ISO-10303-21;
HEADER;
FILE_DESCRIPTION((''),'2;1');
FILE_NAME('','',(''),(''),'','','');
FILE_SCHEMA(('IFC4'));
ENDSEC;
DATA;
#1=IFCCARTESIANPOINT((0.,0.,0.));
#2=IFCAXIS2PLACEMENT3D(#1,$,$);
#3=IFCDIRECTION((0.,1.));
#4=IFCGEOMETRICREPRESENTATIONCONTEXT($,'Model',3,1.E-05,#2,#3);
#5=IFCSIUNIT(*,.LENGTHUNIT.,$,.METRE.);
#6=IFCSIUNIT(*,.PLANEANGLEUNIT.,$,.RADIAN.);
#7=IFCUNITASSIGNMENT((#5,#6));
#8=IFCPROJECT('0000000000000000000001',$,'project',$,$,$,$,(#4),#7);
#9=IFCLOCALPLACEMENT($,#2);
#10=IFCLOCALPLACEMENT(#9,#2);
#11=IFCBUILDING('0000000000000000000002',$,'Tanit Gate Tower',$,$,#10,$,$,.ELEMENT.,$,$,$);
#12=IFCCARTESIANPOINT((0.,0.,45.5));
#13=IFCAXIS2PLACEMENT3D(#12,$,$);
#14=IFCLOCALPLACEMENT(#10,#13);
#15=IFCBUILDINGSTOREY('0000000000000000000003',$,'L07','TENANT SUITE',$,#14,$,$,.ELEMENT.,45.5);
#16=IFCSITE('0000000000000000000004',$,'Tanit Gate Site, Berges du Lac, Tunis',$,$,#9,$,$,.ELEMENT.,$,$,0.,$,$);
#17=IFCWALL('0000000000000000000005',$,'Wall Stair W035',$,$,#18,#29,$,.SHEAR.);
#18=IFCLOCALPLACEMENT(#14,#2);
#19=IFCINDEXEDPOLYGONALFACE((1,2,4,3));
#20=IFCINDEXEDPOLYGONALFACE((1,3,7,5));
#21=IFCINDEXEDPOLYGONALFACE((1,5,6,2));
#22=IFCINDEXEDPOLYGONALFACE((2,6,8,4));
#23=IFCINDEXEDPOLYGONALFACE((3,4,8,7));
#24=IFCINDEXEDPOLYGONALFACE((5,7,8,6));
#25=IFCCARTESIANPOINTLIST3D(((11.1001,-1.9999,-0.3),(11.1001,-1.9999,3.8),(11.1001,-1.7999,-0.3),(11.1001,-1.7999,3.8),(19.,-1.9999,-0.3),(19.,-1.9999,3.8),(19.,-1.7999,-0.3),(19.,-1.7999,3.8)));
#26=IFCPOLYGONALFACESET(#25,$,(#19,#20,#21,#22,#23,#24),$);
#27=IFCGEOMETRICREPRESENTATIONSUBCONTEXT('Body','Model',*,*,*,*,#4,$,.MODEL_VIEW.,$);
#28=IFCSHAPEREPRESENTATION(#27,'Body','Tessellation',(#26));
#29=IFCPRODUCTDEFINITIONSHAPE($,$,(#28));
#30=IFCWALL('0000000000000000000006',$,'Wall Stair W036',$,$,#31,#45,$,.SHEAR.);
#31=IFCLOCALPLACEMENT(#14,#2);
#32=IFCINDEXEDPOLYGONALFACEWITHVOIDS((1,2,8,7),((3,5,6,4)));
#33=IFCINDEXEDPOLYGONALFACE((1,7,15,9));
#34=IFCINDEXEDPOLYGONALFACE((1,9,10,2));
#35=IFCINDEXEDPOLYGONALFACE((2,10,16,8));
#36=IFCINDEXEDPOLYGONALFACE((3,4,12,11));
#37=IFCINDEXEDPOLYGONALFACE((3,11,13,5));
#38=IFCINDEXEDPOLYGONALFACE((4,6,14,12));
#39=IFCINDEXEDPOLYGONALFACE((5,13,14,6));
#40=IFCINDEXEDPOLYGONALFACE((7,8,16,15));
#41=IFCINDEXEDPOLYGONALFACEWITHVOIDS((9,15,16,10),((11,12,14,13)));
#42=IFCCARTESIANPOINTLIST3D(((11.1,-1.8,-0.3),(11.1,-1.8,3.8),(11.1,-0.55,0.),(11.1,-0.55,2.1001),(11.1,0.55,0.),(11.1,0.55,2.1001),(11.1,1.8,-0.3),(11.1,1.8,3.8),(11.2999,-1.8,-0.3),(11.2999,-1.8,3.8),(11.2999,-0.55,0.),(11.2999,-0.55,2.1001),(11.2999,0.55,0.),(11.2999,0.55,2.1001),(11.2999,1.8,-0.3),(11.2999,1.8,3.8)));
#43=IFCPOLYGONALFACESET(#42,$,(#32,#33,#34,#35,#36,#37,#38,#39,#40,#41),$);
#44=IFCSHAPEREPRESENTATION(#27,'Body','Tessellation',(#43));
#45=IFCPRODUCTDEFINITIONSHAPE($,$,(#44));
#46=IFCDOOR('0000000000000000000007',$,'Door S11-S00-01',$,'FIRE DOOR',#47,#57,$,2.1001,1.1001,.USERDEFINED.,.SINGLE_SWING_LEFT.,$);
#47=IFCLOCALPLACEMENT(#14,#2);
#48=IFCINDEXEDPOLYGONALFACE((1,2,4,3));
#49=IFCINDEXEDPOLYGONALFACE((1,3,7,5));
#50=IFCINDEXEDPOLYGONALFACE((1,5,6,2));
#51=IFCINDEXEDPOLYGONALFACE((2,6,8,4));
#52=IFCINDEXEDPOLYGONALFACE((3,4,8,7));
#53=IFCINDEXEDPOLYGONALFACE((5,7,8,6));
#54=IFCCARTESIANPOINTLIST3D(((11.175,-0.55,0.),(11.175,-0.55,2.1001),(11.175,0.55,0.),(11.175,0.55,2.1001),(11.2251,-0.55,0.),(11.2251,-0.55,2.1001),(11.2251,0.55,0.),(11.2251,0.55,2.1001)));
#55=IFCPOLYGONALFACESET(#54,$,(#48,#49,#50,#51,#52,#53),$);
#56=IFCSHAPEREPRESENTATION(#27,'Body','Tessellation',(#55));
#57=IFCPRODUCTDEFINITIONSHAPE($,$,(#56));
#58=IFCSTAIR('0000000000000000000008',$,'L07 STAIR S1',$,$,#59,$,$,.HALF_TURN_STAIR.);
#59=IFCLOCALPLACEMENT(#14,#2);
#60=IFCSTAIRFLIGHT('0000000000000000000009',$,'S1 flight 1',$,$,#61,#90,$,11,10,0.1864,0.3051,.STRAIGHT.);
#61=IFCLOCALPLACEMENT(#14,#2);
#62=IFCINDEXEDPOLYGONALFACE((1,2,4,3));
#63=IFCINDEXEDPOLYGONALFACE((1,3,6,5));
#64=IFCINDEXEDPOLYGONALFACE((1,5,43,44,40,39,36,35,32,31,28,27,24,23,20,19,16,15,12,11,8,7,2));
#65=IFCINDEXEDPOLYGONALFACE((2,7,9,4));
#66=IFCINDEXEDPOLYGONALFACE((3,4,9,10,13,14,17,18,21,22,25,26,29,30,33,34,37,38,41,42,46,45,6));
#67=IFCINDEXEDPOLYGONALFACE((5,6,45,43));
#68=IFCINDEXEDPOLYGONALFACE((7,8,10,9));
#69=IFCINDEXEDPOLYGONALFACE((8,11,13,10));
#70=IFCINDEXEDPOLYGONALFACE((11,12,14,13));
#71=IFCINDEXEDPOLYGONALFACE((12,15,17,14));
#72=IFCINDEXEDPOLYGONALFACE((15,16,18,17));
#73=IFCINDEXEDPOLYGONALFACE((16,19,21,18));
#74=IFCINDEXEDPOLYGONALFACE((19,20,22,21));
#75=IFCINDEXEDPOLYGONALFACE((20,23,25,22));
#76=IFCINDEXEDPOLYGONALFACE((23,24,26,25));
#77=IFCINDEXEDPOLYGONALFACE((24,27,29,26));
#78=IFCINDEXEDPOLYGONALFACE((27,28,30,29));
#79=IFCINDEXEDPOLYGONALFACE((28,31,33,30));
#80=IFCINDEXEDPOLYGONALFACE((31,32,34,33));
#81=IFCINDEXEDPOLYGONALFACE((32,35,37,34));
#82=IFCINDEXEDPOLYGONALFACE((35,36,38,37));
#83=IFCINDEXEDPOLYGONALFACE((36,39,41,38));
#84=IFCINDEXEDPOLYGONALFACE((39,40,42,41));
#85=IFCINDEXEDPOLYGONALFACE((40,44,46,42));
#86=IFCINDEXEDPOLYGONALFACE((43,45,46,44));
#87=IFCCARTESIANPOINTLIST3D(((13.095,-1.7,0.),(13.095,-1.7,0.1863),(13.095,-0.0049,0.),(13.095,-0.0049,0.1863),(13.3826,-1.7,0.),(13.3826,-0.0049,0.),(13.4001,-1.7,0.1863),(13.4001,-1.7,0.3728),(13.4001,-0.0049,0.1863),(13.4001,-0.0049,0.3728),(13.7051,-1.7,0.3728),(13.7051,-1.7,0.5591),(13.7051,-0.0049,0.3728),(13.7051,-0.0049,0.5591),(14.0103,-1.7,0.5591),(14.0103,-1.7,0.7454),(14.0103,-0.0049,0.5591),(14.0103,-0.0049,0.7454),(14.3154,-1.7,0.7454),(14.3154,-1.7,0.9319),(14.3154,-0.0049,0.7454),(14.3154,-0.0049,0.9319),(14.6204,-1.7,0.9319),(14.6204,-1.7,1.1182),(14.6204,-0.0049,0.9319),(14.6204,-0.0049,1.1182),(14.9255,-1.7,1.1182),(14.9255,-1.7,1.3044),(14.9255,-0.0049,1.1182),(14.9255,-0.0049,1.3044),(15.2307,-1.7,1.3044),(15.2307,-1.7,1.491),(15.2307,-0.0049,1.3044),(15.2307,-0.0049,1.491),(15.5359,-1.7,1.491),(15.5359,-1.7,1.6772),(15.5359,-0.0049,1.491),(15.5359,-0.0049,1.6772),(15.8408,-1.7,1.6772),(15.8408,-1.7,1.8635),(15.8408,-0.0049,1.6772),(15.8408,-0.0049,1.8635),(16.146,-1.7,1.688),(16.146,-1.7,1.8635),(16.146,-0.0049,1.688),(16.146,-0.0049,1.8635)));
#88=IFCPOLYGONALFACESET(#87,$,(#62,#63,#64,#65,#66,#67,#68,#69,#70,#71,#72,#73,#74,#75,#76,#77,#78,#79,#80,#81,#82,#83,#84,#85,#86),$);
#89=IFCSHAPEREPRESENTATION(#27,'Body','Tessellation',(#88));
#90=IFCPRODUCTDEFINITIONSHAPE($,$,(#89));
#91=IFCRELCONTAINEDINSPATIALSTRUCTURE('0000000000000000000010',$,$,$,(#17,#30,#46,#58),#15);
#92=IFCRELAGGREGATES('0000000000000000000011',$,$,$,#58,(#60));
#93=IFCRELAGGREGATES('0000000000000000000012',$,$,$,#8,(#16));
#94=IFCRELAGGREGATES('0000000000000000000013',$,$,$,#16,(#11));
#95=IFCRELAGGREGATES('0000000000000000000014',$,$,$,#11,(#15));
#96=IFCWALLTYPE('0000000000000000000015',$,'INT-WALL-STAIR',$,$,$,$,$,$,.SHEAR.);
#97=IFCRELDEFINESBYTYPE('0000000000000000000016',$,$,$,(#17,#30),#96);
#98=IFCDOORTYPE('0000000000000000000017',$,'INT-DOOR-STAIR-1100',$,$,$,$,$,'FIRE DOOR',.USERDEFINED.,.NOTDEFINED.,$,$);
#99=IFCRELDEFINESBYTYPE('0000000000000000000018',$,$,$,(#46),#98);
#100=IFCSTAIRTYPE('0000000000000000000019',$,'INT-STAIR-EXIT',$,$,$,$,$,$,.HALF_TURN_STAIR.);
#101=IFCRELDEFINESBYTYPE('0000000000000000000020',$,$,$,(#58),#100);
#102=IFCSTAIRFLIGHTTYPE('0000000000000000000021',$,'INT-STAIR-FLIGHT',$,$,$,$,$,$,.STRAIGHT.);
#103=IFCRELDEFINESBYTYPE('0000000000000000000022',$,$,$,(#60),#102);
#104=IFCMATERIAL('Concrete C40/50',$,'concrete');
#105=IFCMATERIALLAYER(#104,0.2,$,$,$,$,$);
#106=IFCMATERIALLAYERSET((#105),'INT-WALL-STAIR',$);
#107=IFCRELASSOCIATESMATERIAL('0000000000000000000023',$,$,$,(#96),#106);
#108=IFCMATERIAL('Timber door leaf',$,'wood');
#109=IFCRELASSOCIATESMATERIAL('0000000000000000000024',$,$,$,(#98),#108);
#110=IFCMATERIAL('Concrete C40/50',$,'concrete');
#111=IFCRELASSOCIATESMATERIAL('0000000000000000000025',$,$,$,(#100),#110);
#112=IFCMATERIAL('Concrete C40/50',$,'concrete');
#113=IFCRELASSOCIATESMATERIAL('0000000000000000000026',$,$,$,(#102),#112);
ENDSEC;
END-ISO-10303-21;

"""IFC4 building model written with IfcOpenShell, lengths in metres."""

from ifc_helpers import new_model, si_unit, direction, frame, frame_2d, origin, place, context, subcontext, project, spatial, polyline, rectangle, outline, extrude, material, layer, layer_set, type_object, element, fill, aggregate, save


model = new_model("IFC4")

# Units and contexts
model_context = context("Model", 3, precision=1e-05, world=origin(), true_north=direction((0.0, 1.0)))
body_context = subcontext(model_context, "Body", "Model", "MODEL_VIEW")
ifc_project = project(units=[si_unit("LENGTHUNIT", "METRE"), si_unit("PLANEANGLEUNIT", "RADIAN")], contexts=[model_context])

# Site, building, storey
site_placement = place(None, origin())
site = spatial("IfcSite", under=ifc_project, at=site_placement, Name="Tanit Gate Site, Berges du Lac, Tunis", CompositionType="ELEMENT", RefElevation=0.0)
building_placement = place(site_placement, origin())
building = spatial("IfcBuilding", under=site, at=building_placement, Name="Tanit Gate Tower", CompositionType="ELEMENT")
storey_placement = place(building_placement, frame((0.0, 0.0, 45.5)))
storey = spatial("IfcBuildingStorey", under=building, at=storey_placement, Name="L07", Description="TENANT SUITE", CompositionType="ELEMENT", Elevation=45.5)

# Wall
ifc_material_1 = material(Name="Concrete C40/50", Category="concrete")
ifc_layer_1 = layer(ifc_material_1, 0.2)
ifc_layer_set_1 = layer_set([ifc_layer_1], Name="INT-WALL-STAIR")
wall_type_1 = type_object("IfcWallType", Name="INT-WALL-STAIR", PredefinedType="SHEAR", material=ifc_layer_set_1)
wall_1_placement = place(storey_placement, frame((11.1001, -1.8999, -0.3), z_axis=(0.0, 0.0, 1.0), x_axis=(1.0, 0.0, 0.0)))
element("IfcWall", 1, at=wall_1_placement, inside=storey, type_object=wall_type_1, Name="Wall Stair W035", PredefinedType="SHEAR", context=body_context, shape_type="SweptSolid", body=[
    extrude(rectangle(XDim=7.8999, YDim=0.2, at=frame_2d((3.95, 0.0))), origin(), (0.0, 0.0, 1.0), 4.1001),
])

# Wall, opening, door
wall_2_placement = place(storey_placement, frame((11.2, -1.8, -0.3), z_axis=(0.0, 0.0, 1.0), x_axis=(0.0, 1.0, 0.0)))
wall_2 = element("IfcWall", 2, at=wall_2_placement, inside=storey, type_object=wall_type_1, Name="Wall Stair W036", PredefinedType="SHEAR", context=body_context, shape_type="SweptSolid", body=[
    extrude(rectangle(XDim=3.6001, YDim=0.2, at=frame_2d((1.8, 0.0))), origin(), (0.0, 0.0, 1.0), 4.1001),
])
opening_1_placement = place(wall_2_placement, frame((1.25, 0.0, 0.3)))
opening_1 = element("IfcOpeningElement", 3, at=opening_1_placement, cuts=wall_2, PredefinedType="OPENING", context=body_context, shape_type="SweptSolid", body=[
    extrude(rectangle(XDim=1.1001, YDim=2.1001, at=frame_2d((0.55, 1.05))), frame((0.0, 0.1099, 0.0), z_axis=(0.0, -1.0, 0.0), x_axis=(1.0, 0.0, 0.0)), (0.0, 0.0, 1.0), 0.22),
])
ifc_material_2 = material(Name="Timber door leaf", Category="wood")
door_type_1 = type_object("IfcDoorType", Name="INT-DOOR-STAIR-1100", ElementType="FIRE DOOR", OperationType="NOTDEFINED", PredefinedType="USERDEFINED", material=ifc_material_2)
door_1_placement = place(opening_1_placement, origin())
door_1 = element("IfcDoor", 4, at=door_1_placement, inside=storey, type_object=door_type_1, Name="Door S11-S00-01", ObjectType="FIRE DOOR", OperationType="SINGLE_SWING_LEFT", OverallHeight=2.1001, OverallWidth=1.1001, PredefinedType="USERDEFINED", context=body_context, shape_type="SweptSolid", body=[
    extrude(rectangle(XDim=1.1001, YDim=2.1001, at=frame_2d((0.55, 1.05))), frame((0.0, 0.0249, 0.0), z_axis=(0.0, -1.0, 0.0), x_axis=(1.0, 0.0, 0.0)), (0.0, 0.0, 1.0), 0.05),
])
fill(opening_1, door_1)

# Stair, stair flight
ifc_material_3 = material(Name="Concrete C40/50", Category="concrete")
stair_type = type_object("IfcStairType", Name="INT-STAIR-EXIT", PredefinedType="HALF_TURN_STAIR", material=ifc_material_3)
stair_placement = place(storey_placement, origin())
stair = element("IfcStair", 5, at=stair_placement, inside=storey, type_object=stair_type, Name="L07 STAIR S1", PredefinedType="HALF_TURN_STAIR")
ifc_material_4 = material(Name="Concrete C40/50", Category="concrete")
stair_flight_type = type_object("IfcStairFlightType", Name="INT-STAIR-FLIGHT", PredefinedType="STRAIGHT", material=ifc_material_4)
stair_flight_placement = place(storey_placement, frame((13.095, -0.8525, 0.0), z_axis=(0.0, 0.0, 1.0), x_axis=(1.0, 0.0, 0.0)))
stair_flight = element("IfcStairFlight", 6, at=stair_flight_placement, type_object=stair_flight_type, Name="S1 flight 1", NumberOfRisers=11, NumberOfTreads=10, PredefinedType="STRAIGHT", RiserHeight=0.1864, TreadLength=0.3051, context=body_context, shape_type="SweptSolid", body=[
    extrude(outline(polyline([(0.0, 0.0), (0.0, 0.1863), (0.3052, 0.1863), (0.3052, 0.3728), (0.6101, 0.3728), (0.6101, 0.5591), (0.9153, 0.5591), (0.9153, 0.7454), (1.2205, 0.7454), (1.2205, 0.9319), (1.5254, 0.9319), (1.5254, 1.1182), (1.8306, 1.1182), (1.8306, 1.3044), (2.1357, 1.3044), (2.1357, 1.491), (2.4409, 1.491), (2.4409, 1.6772), (2.7458, 1.6772), (2.7458, 1.8635), (3.051, 1.8635), (3.051, 2.05), (3.051, 1.688), (0.2876, 0.0), (0.0, 0.0)])), frame((0.0, 0.8477, 0.0), z_axis=(0.0, -1.0, 0.0), x_axis=(1.0, 0.0, 0.0)), (0.0, 0.0, 1.0), 1.6951),
])
aggregate(stair, [stair_flight])

save(model, "model.ifc")
